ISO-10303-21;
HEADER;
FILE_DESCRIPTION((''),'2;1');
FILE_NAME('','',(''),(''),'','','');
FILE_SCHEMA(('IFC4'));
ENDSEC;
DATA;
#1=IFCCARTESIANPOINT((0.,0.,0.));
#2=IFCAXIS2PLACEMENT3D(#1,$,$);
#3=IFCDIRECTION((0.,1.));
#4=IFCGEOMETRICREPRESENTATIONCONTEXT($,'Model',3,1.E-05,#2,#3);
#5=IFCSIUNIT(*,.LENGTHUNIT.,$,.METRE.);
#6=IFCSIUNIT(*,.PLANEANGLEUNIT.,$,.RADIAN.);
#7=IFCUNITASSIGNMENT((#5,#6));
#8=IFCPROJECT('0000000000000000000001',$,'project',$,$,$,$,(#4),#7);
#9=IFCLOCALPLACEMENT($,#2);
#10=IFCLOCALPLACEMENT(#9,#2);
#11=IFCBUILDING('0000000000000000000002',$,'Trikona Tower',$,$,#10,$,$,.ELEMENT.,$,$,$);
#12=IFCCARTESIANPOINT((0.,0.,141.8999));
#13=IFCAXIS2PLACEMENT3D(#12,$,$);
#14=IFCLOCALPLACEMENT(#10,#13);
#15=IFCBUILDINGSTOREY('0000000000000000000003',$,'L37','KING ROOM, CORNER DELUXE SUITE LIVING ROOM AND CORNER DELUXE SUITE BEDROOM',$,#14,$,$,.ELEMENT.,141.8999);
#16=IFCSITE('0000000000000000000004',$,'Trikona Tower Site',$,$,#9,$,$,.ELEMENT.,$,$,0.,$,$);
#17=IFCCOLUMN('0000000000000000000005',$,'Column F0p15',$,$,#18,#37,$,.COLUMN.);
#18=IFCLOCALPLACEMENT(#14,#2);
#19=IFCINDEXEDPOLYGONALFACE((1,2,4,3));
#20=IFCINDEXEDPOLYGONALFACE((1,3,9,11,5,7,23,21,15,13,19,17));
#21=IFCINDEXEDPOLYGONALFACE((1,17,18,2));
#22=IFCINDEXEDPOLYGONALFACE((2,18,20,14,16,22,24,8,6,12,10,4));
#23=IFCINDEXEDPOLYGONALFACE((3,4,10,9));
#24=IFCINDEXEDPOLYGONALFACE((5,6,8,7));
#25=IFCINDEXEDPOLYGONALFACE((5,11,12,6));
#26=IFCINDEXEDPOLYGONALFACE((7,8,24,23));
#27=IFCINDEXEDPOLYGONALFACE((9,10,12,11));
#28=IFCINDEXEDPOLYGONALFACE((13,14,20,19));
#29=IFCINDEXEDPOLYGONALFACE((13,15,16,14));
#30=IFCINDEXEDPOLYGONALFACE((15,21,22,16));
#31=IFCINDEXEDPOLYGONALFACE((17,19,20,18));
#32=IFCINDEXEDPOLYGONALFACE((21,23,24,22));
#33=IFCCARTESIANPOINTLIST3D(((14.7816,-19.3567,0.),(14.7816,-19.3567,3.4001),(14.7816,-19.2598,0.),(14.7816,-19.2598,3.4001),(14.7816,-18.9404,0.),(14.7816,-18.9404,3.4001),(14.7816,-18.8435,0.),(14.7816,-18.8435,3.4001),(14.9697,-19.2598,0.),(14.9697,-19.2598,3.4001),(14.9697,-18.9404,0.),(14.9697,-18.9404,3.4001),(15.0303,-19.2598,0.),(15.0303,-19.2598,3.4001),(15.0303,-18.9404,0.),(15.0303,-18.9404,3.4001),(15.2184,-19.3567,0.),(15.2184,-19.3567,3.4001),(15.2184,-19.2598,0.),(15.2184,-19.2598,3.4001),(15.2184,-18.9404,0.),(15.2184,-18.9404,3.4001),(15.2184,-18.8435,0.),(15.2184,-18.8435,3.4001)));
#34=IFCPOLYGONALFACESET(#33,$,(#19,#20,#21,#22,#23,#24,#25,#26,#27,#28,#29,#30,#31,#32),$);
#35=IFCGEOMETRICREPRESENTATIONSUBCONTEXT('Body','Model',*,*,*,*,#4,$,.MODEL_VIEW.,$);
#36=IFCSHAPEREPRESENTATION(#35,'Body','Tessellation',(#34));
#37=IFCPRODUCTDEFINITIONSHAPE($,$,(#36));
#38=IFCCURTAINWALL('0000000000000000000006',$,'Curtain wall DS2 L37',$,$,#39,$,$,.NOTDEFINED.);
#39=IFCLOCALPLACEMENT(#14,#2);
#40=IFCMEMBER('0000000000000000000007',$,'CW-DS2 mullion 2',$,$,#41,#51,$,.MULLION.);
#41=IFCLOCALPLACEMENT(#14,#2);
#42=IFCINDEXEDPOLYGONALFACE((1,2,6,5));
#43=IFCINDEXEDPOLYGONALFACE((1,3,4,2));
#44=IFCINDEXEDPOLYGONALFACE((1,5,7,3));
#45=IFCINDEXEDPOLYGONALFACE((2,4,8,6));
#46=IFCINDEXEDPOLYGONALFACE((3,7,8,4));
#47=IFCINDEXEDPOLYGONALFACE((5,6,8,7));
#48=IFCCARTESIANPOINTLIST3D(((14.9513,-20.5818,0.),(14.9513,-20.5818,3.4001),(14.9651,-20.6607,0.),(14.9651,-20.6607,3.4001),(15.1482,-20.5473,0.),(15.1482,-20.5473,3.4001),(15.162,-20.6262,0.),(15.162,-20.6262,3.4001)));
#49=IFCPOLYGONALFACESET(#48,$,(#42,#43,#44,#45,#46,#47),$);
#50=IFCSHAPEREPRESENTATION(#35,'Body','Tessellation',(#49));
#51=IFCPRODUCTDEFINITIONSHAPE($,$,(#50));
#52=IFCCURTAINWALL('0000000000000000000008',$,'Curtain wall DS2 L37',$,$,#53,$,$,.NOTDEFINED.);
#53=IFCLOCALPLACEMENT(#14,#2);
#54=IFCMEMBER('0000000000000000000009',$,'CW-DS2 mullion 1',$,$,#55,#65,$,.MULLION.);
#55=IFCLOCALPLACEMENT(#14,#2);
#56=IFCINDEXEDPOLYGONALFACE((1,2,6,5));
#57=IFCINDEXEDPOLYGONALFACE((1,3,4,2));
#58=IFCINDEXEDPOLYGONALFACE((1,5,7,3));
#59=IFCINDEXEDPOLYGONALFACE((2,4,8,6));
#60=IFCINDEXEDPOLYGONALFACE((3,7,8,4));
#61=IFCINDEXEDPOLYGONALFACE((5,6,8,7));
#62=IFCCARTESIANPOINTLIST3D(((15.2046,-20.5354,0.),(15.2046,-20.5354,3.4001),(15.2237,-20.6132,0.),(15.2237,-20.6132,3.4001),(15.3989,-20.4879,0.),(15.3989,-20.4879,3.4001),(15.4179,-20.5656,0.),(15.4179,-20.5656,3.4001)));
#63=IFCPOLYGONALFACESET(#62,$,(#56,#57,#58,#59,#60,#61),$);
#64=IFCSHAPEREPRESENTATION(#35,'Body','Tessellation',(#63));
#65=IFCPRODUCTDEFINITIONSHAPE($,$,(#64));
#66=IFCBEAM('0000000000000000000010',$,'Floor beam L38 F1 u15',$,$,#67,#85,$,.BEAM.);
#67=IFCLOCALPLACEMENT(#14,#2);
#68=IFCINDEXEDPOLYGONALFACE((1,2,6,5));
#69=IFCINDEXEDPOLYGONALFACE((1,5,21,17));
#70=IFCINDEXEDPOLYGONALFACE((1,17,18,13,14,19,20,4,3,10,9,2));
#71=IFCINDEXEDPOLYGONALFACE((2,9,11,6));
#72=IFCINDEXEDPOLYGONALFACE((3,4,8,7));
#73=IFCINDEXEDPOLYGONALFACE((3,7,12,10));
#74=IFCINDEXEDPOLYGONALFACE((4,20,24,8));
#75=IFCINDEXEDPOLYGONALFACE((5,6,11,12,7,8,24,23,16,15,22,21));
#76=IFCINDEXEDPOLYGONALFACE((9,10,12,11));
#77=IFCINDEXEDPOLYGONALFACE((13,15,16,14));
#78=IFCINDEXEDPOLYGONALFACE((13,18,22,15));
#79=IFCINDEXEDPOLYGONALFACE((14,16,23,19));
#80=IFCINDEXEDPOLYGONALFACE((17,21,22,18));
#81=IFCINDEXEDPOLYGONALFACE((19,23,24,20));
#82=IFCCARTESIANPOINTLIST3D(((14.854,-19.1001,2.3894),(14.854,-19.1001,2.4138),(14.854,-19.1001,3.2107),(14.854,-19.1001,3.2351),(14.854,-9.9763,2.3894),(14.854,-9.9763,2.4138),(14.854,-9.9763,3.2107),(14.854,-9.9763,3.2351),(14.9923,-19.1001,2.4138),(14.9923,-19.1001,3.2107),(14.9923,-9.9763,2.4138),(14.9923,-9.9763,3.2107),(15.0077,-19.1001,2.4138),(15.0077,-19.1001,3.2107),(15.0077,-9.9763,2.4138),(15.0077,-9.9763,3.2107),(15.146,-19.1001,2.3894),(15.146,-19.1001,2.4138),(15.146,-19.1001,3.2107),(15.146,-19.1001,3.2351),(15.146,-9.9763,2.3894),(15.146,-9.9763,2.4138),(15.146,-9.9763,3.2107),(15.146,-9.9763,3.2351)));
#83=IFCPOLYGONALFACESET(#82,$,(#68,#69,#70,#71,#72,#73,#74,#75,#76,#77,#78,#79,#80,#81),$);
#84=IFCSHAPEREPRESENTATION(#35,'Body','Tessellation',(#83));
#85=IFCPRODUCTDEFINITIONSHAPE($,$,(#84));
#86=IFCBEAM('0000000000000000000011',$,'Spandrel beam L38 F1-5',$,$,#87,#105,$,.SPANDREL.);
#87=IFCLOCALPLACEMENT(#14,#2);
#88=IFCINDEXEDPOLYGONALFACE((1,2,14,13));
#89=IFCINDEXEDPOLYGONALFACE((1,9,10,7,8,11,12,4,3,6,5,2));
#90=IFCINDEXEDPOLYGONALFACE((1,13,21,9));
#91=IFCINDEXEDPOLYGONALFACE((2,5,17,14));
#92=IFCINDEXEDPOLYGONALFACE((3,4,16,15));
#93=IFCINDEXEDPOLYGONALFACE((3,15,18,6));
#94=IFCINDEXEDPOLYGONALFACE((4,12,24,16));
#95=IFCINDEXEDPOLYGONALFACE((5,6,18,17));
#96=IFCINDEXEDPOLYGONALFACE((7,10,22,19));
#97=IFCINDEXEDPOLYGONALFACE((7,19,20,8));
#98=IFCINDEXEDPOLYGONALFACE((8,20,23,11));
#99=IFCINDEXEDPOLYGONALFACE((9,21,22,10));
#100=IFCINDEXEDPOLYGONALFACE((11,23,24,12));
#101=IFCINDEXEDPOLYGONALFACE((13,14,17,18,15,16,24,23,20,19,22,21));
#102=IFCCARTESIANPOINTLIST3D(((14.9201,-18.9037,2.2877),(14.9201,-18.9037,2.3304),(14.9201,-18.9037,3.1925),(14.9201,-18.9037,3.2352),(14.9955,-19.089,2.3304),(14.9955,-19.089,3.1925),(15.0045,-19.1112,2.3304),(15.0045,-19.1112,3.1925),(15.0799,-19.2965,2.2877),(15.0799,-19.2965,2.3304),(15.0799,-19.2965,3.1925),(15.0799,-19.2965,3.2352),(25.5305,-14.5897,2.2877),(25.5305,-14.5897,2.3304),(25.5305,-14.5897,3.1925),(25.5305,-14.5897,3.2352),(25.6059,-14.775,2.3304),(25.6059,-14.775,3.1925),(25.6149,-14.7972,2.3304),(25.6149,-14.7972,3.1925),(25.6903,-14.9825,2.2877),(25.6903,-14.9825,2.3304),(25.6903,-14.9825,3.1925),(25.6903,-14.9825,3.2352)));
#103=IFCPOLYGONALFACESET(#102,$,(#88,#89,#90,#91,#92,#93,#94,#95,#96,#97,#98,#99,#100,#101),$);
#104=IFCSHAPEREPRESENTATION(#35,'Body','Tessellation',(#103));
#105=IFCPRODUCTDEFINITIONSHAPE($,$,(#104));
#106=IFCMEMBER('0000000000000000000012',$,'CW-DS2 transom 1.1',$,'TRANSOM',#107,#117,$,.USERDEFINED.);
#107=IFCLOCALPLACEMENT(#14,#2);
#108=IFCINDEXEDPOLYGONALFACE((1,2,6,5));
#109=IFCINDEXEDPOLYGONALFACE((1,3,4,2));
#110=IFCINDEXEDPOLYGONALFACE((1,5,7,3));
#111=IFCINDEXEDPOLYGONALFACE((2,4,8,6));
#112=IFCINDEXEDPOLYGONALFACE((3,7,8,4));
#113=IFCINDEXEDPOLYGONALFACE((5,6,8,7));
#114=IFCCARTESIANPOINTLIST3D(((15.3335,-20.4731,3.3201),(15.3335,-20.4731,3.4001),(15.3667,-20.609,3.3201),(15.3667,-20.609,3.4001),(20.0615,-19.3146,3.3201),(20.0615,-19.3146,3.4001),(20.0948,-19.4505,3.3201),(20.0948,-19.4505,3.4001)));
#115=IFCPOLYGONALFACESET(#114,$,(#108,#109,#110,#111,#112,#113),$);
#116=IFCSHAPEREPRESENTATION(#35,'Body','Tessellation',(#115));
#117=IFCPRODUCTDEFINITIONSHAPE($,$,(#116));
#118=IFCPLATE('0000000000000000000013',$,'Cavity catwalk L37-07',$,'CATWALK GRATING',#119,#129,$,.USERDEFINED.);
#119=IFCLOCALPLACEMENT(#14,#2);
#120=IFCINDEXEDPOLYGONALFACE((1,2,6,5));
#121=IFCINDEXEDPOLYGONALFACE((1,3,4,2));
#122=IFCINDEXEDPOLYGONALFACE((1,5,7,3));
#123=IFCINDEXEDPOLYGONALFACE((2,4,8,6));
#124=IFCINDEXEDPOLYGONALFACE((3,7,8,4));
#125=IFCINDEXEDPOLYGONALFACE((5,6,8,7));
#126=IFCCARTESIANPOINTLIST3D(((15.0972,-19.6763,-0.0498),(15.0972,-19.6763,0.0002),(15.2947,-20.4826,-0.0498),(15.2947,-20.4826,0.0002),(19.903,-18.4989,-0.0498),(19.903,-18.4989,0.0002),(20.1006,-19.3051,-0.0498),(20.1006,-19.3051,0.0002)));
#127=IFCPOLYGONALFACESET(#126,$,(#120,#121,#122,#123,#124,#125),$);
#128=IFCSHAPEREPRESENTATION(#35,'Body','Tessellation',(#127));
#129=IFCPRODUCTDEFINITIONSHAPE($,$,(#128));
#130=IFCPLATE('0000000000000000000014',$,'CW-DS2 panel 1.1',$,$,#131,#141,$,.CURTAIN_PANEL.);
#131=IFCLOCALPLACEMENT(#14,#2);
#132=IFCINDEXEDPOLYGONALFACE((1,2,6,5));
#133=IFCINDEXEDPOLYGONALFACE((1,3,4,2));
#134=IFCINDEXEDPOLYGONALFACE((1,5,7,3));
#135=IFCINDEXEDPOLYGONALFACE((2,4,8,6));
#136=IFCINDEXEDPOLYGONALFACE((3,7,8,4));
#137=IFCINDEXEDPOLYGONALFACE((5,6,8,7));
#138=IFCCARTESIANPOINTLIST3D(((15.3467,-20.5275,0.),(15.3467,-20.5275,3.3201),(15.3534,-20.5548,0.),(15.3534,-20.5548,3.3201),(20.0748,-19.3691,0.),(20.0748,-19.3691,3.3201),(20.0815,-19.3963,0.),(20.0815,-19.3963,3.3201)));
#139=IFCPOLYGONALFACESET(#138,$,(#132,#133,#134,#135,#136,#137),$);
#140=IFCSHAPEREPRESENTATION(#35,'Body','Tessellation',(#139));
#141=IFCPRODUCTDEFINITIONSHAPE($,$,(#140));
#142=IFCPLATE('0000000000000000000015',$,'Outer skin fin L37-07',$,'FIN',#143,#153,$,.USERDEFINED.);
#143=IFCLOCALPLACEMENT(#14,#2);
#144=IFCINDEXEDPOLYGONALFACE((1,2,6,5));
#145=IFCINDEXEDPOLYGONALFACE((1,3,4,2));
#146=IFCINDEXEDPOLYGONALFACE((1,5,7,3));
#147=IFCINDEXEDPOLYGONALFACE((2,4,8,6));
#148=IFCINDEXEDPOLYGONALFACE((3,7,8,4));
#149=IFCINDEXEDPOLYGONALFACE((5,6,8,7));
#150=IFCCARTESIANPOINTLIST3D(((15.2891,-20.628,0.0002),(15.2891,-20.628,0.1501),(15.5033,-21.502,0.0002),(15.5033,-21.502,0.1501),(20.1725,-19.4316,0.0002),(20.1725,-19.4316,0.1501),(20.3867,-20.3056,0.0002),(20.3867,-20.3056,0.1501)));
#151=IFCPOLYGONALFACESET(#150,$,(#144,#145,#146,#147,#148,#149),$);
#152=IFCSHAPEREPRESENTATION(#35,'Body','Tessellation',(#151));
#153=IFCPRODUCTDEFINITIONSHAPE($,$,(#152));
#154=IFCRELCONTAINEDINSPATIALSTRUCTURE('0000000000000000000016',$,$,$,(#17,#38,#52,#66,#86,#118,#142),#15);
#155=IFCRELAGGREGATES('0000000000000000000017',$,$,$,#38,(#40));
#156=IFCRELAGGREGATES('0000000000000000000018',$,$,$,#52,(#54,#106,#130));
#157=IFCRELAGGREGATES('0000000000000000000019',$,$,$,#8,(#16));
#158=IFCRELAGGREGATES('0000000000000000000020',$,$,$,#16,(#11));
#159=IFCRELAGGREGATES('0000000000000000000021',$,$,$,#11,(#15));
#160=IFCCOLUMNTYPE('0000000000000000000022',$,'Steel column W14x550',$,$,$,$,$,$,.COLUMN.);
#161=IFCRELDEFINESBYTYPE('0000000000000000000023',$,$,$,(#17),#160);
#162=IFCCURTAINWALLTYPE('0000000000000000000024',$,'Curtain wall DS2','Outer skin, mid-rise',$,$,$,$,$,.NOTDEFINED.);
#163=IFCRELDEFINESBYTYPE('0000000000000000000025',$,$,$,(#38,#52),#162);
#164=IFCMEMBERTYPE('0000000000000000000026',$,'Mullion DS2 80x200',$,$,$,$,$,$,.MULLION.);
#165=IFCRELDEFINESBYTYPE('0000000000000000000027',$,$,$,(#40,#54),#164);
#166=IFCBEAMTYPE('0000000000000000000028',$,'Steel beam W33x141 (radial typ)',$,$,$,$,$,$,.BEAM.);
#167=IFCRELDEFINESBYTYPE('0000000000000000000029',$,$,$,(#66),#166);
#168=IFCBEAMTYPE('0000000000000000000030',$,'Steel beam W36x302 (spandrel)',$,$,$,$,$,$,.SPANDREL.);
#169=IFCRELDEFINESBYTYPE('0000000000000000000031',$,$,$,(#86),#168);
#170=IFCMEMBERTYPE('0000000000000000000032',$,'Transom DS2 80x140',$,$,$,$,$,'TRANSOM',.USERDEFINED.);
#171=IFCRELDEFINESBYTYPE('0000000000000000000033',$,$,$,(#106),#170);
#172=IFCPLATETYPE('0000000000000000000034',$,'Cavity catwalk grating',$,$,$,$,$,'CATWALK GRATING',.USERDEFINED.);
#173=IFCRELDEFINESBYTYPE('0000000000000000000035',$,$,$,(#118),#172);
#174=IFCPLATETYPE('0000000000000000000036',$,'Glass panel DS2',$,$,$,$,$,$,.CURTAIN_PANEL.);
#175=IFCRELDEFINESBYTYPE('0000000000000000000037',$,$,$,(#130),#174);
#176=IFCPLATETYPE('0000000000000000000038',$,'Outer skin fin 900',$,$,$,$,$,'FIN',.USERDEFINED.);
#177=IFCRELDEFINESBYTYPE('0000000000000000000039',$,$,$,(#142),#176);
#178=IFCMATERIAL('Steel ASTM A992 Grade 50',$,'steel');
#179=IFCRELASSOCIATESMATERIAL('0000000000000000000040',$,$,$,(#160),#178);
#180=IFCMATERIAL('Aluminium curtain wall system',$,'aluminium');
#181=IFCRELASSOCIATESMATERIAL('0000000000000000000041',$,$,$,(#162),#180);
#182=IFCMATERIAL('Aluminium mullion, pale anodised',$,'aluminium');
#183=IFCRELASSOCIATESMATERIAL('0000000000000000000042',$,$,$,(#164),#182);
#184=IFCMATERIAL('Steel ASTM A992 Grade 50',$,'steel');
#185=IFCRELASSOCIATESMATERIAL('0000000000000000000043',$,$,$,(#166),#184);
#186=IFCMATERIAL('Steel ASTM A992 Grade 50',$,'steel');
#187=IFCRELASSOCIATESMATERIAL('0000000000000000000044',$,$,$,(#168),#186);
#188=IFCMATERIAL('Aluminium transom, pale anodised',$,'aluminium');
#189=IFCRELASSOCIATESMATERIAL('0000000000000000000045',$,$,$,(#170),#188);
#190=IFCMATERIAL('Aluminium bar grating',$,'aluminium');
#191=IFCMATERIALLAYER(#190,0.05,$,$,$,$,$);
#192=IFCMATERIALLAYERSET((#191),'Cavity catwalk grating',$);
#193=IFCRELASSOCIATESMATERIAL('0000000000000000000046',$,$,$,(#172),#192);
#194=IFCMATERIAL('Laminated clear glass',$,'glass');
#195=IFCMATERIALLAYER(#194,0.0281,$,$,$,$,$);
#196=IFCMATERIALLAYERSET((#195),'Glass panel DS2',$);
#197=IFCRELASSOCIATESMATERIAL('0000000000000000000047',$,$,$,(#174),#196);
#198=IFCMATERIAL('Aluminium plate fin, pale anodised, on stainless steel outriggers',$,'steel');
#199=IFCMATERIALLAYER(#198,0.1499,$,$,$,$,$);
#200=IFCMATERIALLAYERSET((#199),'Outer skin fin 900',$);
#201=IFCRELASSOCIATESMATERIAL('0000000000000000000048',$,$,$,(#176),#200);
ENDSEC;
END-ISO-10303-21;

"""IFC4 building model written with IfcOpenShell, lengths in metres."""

from ifc_helpers import new_model, si_unit, direction, frame, origin, origin_2d, place, context, subcontext, project, spatial, rectangle, i_section, extrude, material, layer, layer_set, material_profile, profile_set, type_object, element, aggregate, save


model = new_model("IFC4")

# Units and contexts
model_context = context("Model", 3, precision=1e-05, world=origin(), true_north=direction((0.0, 1.0)))
body_context = subcontext(model_context, "Body", "Model", "MODEL_VIEW")
ifc_project = project(units=[si_unit("LENGTHUNIT", "METRE"), si_unit("PLANEANGLEUNIT", "RADIAN")], contexts=[model_context])

# Site, building, storey
site_placement = place(None, origin())
site = spatial("IfcSite", under=ifc_project, at=site_placement, Name="Trikona Tower Site", CompositionType="ELEMENT", RefElevation=0.0)
building_placement = place(site_placement, origin())
building = spatial("IfcBuilding", under=site, at=building_placement, Name="Trikona Tower", CompositionType="ELEMENT")
storey_placement = place(building_placement, frame((0.0, 0.0, 141.8999)))
storey = spatial("IfcBuildingStorey", under=building, at=storey_placement, Name="L37", Description="KING ROOM, CORNER DELUXE SUITE LIVING ROOM AND CORNER DELUXE SUITE BEDROOM", CompositionType="ELEMENT", Elevation=141.8999)

# Column
ifc_material_1 = material(Name="Steel ASTM A992 Grade 50", Category="steel")
ifc_material_profile_1 = material_profile(ifc_material_1, i_section(OverallWidth=0.4368, OverallDepth=0.5132, WebThickness=0.0605, FlangeThickness=0.0969, at=origin_2d()), Name="W14X550")
ifc_profile_set_1 = profile_set([ifc_material_profile_1], Name="Steel ASTM A992 Grade 50")
column_type = type_object("IfcColumnType", Name="Steel column W14x550", PredefinedType="COLUMN", material=ifc_profile_set_1)
column_placement = place(storey_placement, frame((15.0, -19.1001, 0.0), z_axis=(0.0, 0.0, 1.0), x_axis=(1.0, 0.0, 0.0)))
element("IfcColumn", 1, at=column_placement, inside=storey, type_object=column_type, Name="Column F0p15", PredefinedType="COLUMN", context=body_context, shape_type="SweptSolid", body=[
    extrude(i_section(OverallWidth=0.4368, OverallDepth=0.5132, WebThickness=0.0605, FlangeThickness=0.0969, at=origin_2d()), origin(), (0.0, 0.0, 1.0), 3.4001),
])

# Curtain walls, members
ifc_material_2 = material(Name="Aluminium curtain wall system", Category="aluminium")
curtain_wall_type = type_object("IfcCurtainWallType", Name="Curtain wall DS2", Description="Outer skin, mid-rise", PredefinedType="NOTDEFINED", material=ifc_material_2)
curtain_wall_1_placement = place(storey_placement, origin())
curtain_wall_1 = element("IfcCurtainWall", 2, at=curtain_wall_1_placement, inside=storey, type_object=curtain_wall_type, Name="Curtain wall DS2 L37", PredefinedType="NOTDEFINED")
ifc_material_3 = material(Name="Aluminium mullion, pale anodised", Category="aluminium")
ifc_material_profile_2 = material_profile(ifc_material_3, rectangle(XDim=0.0801, YDim=0.2, at=origin_2d()), Name="MUL-DS2")
ifc_profile_set_2 = profile_set([ifc_material_profile_2], Name="Aluminium mullion, pale anodised")
member_type_1 = type_object("IfcMemberType", Name="Mullion DS2 80x200", PredefinedType="MULLION", material=ifc_profile_set_2)
member_1_placement = place(storey_placement, frame((15.0566, -20.604, 0.0), z_axis=(0.0, 0.0, 1.0), x_axis=(-0.172377, 0.985031, 0.0)))
member_1 = element("IfcMember", 3, at=member_1_placement, type_object=member_type_1, Name="CW-DS2 mullion 2", PredefinedType="MULLION", context=body_context, shape_type="SweptSolid", body=[
    extrude(rectangle(XDim=0.0801, YDim=0.2, at=origin_2d()), origin(), (0.0, 0.0, 1.0), 3.4001),
])
aggregate(curtain_wall_1, [member_1])
curtain_wall_2_placement = place(storey_placement, origin())
curtain_wall_2 = element("IfcCurtainWall", 4, at=curtain_wall_2_placement, inside=storey, type_object=curtain_wall_type, Name="Curtain wall DS2 L37", PredefinedType="NOTDEFINED")
member_2_placement = place(storey_placement, frame((15.3113, -20.5505, 0.0), z_axis=(0.0, 0.0, 1.0), x_axis=(-0.23797, 0.971272, 0.0)))
member_2 = element("IfcMember", 5, at=member_2_placement, type_object=member_type_1, Name="CW-DS2 mullion 1", PredefinedType="MULLION", context=body_context, shape_type="SweptSolid", body=[
    extrude(rectangle(XDim=0.0801, YDim=0.2, at=origin_2d()), origin(), (0.0, 0.0, 1.0), 3.4001),
])

# Beams
ifc_material_4 = material(Name="Steel ASTM A992 Grade 50", Category="steel")
ifc_material_profile_3 = material_profile(ifc_material_4, i_section(OverallWidth=0.292, OverallDepth=0.8457, WebThickness=0.0154, FlangeThickness=0.0244, at=origin_2d()), Name="W33X141")
ifc_profile_set_3 = profile_set([ifc_material_profile_3], Name="Steel ASTM A992 Grade 50")
beam_type_1 = type_object("IfcBeamType", Name="Steel beam W33x141 (radial typ)", PredefinedType="BEAM", material=ifc_profile_set_3)
beam_1_placement = place(storey_placement, frame((15.0, -9.9763, 2.8123), z_axis=(0.0, -1.0, 0.0), x_axis=(1.0, 0.0, 0.0)))
element("IfcBeam", 6, at=beam_1_placement, inside=storey, type_object=beam_type_1, Name="Floor beam L38 F1 u15", PredefinedType="BEAM", context=body_context, shape_type="SweptSolid", body=[
    extrude(i_section(OverallWidth=0.292, OverallDepth=0.8457, WebThickness=0.0154, FlangeThickness=0.0244, at=origin_2d()), origin(), (0.0, 0.0, 1.0), 9.1238),
])
ifc_material_5 = material(Name="Steel ASTM A992 Grade 50", Category="steel")
ifc_material_profile_4 = material_profile(ifc_material_5, i_section(OverallWidth=0.4241, OverallDepth=0.9475, WebThickness=0.0239, FlangeThickness=0.0427, at=origin_2d()), Name="W36X302")
ifc_profile_set_4 = profile_set([ifc_material_profile_4], Name="Steel ASTM A992 Grade 50")
beam_type_2 = type_object("IfcBeamType", Name="Steel beam W36x302 (spandrel)", PredefinedType="SPANDREL", material=ifc_profile_set_4)
beam_2_placement = place(storey_placement, frame((15.0, -19.1001, 2.7615), z_axis=(0.92636, 0.37664, 0.0), x_axis=(-0.37664, 0.92636, 0.0)))
element("IfcBeam", 7, at=beam_2_placement, inside=storey, type_object=beam_type_2, Name="Spandrel beam L38 F1-5", PredefinedType="SPANDREL", context=body_context, shape_type="SweptSolid", body=[
    extrude(i_section(OverallWidth=0.4241, OverallDepth=0.9475, WebThickness=0.0239, FlangeThickness=0.0427, at=origin_2d()), origin(), (0.0, 0.0, 1.0), 11.4539),
])

# Member
ifc_material_6 = material(Name="Aluminium transom, pale anodised", Category="aluminium")
ifc_material_profile_5 = material_profile(ifc_material_6, rectangle(XDim=0.1399, YDim=0.0801, at=origin_2d()), Name="TRN-DS2")
ifc_profile_set_5 = profile_set([ifc_material_profile_5], Name="Aluminium transom, pale anodised")
member_type_2 = type_object("IfcMemberType", Name="Transom DS2 80x140", ElementType="TRANSOM", PredefinedType="USERDEFINED", material=ifc_profile_set_5)
member_3_placement = place(storey_placement, frame((15.3501, -20.541, 3.3601), z_axis=(0.971271, 0.237978, 0.0), x_axis=(-0.237978, 0.971271, 0.0)))
member_3 = element("IfcMember", 8, at=member_3_placement, type_object=member_type_2, Name="CW-DS2 transom 1.1", ObjectType="TRANSOM", PredefinedType="USERDEFINED", context=body_context, shape_type="SweptSolid", body=[
    extrude(rectangle(XDim=0.1399, YDim=0.0801, at=origin_2d()), origin(), (0.0, 0.0, 1.0), 4.8679),
])

# Plates
ifc_material_7 = material(Name="Aluminium bar grating", Category="aluminium")
ifc_layer_1 = layer(ifc_material_7, 0.05)
ifc_layer_set_1 = layer_set([ifc_layer_1], Name="Cavity catwalk grating")
plate_type_1 = type_object("IfcPlateType", Name="Cavity catwalk grating", ElementType="CATWALK GRATING", PredefinedType="USERDEFINED", material=ifc_layer_set_1)
plate_1_placement = place(storey_placement, frame((17.5989, -19.4907, -0.0498), z_axis=(0.0, 0.0, 1.0), x_axis=(0.971274, 0.237962, 0.0)))
element("IfcPlate", 9, at=plate_1_placement, inside=storey, type_object=plate_type_1, Name="Cavity catwalk L37-07", ObjectType="CATWALK GRATING", PredefinedType="USERDEFINED", context=body_context, shape_type="SweptSolid", body=[
    extrude(rectangle(XDim=4.948, YDim=0.8301, at=origin_2d()), origin(), (0.0, 0.0, 1.0), 0.05),
])
ifc_material_8 = material(Name="Laminated clear glass", Category="glass")
ifc_layer_2 = layer(ifc_material_8, 0.0281)
ifc_layer_set_2 = layer_set([ifc_layer_2], Name="Glass panel DS2")
plate_type_2 = type_object("IfcPlateType", Name="Glass panel DS2", PredefinedType="CURTAIN_PANEL", material=ifc_layer_set_2)
plate_2_placement = place(storey_placement, frame((17.7141, -19.9619, 0.0), z_axis=(0.0, 0.0, 1.0), x_axis=(0.971272, 0.23797, 0.0)))
plate_2 = element("IfcPlate", 10, at=plate_2_placement, type_object=plate_type_2, Name="CW-DS2 panel 1.1", PredefinedType="CURTAIN_PANEL", context=body_context, shape_type="SweptSolid", body=[
    extrude(rectangle(XDim=4.8679, YDim=0.0281, at=origin_2d()), origin(), (0.0, 0.0, 1.0), 3.3201),
])
aggregate(curtain_wall_2, [member_2, member_3, plate_2])
ifc_material_9 = material(Name="Aluminium plate fin, pale anodised, on stainless steel outriggers", Category="steel")
ifc_layer_3 = layer(ifc_material_9, 0.1499)
ifc_layer_set_3 = layer_set([ifc_layer_3], Name="Outer skin fin 900")
plate_type_3 = type_object("IfcPlateType", Name="Outer skin fin 900", ElementType="FIN", PredefinedType="USERDEFINED", material=ifc_layer_set_3)
plate_3_placement = place(storey_placement, frame((17.8379, -20.4668, 0.0002), z_axis=(0.0, 0.0, 1.0), x_axis=(0.971274, 0.237962, 0.0)))
element("IfcPlate", 11, at=plate_3_placement, inside=storey, type_object=plate_type_3, Name="Outer skin fin L37-07", ObjectType="FIN", PredefinedType="USERDEFINED", context=body_context, shape_type="SweptSolid", body=[
    extrude(rectangle(XDim=5.0278, YDim=0.8999, at=origin_2d()), origin(), (0.0, 0.0, 1.0), 0.1499),
])

save(model, "model.ifc")
